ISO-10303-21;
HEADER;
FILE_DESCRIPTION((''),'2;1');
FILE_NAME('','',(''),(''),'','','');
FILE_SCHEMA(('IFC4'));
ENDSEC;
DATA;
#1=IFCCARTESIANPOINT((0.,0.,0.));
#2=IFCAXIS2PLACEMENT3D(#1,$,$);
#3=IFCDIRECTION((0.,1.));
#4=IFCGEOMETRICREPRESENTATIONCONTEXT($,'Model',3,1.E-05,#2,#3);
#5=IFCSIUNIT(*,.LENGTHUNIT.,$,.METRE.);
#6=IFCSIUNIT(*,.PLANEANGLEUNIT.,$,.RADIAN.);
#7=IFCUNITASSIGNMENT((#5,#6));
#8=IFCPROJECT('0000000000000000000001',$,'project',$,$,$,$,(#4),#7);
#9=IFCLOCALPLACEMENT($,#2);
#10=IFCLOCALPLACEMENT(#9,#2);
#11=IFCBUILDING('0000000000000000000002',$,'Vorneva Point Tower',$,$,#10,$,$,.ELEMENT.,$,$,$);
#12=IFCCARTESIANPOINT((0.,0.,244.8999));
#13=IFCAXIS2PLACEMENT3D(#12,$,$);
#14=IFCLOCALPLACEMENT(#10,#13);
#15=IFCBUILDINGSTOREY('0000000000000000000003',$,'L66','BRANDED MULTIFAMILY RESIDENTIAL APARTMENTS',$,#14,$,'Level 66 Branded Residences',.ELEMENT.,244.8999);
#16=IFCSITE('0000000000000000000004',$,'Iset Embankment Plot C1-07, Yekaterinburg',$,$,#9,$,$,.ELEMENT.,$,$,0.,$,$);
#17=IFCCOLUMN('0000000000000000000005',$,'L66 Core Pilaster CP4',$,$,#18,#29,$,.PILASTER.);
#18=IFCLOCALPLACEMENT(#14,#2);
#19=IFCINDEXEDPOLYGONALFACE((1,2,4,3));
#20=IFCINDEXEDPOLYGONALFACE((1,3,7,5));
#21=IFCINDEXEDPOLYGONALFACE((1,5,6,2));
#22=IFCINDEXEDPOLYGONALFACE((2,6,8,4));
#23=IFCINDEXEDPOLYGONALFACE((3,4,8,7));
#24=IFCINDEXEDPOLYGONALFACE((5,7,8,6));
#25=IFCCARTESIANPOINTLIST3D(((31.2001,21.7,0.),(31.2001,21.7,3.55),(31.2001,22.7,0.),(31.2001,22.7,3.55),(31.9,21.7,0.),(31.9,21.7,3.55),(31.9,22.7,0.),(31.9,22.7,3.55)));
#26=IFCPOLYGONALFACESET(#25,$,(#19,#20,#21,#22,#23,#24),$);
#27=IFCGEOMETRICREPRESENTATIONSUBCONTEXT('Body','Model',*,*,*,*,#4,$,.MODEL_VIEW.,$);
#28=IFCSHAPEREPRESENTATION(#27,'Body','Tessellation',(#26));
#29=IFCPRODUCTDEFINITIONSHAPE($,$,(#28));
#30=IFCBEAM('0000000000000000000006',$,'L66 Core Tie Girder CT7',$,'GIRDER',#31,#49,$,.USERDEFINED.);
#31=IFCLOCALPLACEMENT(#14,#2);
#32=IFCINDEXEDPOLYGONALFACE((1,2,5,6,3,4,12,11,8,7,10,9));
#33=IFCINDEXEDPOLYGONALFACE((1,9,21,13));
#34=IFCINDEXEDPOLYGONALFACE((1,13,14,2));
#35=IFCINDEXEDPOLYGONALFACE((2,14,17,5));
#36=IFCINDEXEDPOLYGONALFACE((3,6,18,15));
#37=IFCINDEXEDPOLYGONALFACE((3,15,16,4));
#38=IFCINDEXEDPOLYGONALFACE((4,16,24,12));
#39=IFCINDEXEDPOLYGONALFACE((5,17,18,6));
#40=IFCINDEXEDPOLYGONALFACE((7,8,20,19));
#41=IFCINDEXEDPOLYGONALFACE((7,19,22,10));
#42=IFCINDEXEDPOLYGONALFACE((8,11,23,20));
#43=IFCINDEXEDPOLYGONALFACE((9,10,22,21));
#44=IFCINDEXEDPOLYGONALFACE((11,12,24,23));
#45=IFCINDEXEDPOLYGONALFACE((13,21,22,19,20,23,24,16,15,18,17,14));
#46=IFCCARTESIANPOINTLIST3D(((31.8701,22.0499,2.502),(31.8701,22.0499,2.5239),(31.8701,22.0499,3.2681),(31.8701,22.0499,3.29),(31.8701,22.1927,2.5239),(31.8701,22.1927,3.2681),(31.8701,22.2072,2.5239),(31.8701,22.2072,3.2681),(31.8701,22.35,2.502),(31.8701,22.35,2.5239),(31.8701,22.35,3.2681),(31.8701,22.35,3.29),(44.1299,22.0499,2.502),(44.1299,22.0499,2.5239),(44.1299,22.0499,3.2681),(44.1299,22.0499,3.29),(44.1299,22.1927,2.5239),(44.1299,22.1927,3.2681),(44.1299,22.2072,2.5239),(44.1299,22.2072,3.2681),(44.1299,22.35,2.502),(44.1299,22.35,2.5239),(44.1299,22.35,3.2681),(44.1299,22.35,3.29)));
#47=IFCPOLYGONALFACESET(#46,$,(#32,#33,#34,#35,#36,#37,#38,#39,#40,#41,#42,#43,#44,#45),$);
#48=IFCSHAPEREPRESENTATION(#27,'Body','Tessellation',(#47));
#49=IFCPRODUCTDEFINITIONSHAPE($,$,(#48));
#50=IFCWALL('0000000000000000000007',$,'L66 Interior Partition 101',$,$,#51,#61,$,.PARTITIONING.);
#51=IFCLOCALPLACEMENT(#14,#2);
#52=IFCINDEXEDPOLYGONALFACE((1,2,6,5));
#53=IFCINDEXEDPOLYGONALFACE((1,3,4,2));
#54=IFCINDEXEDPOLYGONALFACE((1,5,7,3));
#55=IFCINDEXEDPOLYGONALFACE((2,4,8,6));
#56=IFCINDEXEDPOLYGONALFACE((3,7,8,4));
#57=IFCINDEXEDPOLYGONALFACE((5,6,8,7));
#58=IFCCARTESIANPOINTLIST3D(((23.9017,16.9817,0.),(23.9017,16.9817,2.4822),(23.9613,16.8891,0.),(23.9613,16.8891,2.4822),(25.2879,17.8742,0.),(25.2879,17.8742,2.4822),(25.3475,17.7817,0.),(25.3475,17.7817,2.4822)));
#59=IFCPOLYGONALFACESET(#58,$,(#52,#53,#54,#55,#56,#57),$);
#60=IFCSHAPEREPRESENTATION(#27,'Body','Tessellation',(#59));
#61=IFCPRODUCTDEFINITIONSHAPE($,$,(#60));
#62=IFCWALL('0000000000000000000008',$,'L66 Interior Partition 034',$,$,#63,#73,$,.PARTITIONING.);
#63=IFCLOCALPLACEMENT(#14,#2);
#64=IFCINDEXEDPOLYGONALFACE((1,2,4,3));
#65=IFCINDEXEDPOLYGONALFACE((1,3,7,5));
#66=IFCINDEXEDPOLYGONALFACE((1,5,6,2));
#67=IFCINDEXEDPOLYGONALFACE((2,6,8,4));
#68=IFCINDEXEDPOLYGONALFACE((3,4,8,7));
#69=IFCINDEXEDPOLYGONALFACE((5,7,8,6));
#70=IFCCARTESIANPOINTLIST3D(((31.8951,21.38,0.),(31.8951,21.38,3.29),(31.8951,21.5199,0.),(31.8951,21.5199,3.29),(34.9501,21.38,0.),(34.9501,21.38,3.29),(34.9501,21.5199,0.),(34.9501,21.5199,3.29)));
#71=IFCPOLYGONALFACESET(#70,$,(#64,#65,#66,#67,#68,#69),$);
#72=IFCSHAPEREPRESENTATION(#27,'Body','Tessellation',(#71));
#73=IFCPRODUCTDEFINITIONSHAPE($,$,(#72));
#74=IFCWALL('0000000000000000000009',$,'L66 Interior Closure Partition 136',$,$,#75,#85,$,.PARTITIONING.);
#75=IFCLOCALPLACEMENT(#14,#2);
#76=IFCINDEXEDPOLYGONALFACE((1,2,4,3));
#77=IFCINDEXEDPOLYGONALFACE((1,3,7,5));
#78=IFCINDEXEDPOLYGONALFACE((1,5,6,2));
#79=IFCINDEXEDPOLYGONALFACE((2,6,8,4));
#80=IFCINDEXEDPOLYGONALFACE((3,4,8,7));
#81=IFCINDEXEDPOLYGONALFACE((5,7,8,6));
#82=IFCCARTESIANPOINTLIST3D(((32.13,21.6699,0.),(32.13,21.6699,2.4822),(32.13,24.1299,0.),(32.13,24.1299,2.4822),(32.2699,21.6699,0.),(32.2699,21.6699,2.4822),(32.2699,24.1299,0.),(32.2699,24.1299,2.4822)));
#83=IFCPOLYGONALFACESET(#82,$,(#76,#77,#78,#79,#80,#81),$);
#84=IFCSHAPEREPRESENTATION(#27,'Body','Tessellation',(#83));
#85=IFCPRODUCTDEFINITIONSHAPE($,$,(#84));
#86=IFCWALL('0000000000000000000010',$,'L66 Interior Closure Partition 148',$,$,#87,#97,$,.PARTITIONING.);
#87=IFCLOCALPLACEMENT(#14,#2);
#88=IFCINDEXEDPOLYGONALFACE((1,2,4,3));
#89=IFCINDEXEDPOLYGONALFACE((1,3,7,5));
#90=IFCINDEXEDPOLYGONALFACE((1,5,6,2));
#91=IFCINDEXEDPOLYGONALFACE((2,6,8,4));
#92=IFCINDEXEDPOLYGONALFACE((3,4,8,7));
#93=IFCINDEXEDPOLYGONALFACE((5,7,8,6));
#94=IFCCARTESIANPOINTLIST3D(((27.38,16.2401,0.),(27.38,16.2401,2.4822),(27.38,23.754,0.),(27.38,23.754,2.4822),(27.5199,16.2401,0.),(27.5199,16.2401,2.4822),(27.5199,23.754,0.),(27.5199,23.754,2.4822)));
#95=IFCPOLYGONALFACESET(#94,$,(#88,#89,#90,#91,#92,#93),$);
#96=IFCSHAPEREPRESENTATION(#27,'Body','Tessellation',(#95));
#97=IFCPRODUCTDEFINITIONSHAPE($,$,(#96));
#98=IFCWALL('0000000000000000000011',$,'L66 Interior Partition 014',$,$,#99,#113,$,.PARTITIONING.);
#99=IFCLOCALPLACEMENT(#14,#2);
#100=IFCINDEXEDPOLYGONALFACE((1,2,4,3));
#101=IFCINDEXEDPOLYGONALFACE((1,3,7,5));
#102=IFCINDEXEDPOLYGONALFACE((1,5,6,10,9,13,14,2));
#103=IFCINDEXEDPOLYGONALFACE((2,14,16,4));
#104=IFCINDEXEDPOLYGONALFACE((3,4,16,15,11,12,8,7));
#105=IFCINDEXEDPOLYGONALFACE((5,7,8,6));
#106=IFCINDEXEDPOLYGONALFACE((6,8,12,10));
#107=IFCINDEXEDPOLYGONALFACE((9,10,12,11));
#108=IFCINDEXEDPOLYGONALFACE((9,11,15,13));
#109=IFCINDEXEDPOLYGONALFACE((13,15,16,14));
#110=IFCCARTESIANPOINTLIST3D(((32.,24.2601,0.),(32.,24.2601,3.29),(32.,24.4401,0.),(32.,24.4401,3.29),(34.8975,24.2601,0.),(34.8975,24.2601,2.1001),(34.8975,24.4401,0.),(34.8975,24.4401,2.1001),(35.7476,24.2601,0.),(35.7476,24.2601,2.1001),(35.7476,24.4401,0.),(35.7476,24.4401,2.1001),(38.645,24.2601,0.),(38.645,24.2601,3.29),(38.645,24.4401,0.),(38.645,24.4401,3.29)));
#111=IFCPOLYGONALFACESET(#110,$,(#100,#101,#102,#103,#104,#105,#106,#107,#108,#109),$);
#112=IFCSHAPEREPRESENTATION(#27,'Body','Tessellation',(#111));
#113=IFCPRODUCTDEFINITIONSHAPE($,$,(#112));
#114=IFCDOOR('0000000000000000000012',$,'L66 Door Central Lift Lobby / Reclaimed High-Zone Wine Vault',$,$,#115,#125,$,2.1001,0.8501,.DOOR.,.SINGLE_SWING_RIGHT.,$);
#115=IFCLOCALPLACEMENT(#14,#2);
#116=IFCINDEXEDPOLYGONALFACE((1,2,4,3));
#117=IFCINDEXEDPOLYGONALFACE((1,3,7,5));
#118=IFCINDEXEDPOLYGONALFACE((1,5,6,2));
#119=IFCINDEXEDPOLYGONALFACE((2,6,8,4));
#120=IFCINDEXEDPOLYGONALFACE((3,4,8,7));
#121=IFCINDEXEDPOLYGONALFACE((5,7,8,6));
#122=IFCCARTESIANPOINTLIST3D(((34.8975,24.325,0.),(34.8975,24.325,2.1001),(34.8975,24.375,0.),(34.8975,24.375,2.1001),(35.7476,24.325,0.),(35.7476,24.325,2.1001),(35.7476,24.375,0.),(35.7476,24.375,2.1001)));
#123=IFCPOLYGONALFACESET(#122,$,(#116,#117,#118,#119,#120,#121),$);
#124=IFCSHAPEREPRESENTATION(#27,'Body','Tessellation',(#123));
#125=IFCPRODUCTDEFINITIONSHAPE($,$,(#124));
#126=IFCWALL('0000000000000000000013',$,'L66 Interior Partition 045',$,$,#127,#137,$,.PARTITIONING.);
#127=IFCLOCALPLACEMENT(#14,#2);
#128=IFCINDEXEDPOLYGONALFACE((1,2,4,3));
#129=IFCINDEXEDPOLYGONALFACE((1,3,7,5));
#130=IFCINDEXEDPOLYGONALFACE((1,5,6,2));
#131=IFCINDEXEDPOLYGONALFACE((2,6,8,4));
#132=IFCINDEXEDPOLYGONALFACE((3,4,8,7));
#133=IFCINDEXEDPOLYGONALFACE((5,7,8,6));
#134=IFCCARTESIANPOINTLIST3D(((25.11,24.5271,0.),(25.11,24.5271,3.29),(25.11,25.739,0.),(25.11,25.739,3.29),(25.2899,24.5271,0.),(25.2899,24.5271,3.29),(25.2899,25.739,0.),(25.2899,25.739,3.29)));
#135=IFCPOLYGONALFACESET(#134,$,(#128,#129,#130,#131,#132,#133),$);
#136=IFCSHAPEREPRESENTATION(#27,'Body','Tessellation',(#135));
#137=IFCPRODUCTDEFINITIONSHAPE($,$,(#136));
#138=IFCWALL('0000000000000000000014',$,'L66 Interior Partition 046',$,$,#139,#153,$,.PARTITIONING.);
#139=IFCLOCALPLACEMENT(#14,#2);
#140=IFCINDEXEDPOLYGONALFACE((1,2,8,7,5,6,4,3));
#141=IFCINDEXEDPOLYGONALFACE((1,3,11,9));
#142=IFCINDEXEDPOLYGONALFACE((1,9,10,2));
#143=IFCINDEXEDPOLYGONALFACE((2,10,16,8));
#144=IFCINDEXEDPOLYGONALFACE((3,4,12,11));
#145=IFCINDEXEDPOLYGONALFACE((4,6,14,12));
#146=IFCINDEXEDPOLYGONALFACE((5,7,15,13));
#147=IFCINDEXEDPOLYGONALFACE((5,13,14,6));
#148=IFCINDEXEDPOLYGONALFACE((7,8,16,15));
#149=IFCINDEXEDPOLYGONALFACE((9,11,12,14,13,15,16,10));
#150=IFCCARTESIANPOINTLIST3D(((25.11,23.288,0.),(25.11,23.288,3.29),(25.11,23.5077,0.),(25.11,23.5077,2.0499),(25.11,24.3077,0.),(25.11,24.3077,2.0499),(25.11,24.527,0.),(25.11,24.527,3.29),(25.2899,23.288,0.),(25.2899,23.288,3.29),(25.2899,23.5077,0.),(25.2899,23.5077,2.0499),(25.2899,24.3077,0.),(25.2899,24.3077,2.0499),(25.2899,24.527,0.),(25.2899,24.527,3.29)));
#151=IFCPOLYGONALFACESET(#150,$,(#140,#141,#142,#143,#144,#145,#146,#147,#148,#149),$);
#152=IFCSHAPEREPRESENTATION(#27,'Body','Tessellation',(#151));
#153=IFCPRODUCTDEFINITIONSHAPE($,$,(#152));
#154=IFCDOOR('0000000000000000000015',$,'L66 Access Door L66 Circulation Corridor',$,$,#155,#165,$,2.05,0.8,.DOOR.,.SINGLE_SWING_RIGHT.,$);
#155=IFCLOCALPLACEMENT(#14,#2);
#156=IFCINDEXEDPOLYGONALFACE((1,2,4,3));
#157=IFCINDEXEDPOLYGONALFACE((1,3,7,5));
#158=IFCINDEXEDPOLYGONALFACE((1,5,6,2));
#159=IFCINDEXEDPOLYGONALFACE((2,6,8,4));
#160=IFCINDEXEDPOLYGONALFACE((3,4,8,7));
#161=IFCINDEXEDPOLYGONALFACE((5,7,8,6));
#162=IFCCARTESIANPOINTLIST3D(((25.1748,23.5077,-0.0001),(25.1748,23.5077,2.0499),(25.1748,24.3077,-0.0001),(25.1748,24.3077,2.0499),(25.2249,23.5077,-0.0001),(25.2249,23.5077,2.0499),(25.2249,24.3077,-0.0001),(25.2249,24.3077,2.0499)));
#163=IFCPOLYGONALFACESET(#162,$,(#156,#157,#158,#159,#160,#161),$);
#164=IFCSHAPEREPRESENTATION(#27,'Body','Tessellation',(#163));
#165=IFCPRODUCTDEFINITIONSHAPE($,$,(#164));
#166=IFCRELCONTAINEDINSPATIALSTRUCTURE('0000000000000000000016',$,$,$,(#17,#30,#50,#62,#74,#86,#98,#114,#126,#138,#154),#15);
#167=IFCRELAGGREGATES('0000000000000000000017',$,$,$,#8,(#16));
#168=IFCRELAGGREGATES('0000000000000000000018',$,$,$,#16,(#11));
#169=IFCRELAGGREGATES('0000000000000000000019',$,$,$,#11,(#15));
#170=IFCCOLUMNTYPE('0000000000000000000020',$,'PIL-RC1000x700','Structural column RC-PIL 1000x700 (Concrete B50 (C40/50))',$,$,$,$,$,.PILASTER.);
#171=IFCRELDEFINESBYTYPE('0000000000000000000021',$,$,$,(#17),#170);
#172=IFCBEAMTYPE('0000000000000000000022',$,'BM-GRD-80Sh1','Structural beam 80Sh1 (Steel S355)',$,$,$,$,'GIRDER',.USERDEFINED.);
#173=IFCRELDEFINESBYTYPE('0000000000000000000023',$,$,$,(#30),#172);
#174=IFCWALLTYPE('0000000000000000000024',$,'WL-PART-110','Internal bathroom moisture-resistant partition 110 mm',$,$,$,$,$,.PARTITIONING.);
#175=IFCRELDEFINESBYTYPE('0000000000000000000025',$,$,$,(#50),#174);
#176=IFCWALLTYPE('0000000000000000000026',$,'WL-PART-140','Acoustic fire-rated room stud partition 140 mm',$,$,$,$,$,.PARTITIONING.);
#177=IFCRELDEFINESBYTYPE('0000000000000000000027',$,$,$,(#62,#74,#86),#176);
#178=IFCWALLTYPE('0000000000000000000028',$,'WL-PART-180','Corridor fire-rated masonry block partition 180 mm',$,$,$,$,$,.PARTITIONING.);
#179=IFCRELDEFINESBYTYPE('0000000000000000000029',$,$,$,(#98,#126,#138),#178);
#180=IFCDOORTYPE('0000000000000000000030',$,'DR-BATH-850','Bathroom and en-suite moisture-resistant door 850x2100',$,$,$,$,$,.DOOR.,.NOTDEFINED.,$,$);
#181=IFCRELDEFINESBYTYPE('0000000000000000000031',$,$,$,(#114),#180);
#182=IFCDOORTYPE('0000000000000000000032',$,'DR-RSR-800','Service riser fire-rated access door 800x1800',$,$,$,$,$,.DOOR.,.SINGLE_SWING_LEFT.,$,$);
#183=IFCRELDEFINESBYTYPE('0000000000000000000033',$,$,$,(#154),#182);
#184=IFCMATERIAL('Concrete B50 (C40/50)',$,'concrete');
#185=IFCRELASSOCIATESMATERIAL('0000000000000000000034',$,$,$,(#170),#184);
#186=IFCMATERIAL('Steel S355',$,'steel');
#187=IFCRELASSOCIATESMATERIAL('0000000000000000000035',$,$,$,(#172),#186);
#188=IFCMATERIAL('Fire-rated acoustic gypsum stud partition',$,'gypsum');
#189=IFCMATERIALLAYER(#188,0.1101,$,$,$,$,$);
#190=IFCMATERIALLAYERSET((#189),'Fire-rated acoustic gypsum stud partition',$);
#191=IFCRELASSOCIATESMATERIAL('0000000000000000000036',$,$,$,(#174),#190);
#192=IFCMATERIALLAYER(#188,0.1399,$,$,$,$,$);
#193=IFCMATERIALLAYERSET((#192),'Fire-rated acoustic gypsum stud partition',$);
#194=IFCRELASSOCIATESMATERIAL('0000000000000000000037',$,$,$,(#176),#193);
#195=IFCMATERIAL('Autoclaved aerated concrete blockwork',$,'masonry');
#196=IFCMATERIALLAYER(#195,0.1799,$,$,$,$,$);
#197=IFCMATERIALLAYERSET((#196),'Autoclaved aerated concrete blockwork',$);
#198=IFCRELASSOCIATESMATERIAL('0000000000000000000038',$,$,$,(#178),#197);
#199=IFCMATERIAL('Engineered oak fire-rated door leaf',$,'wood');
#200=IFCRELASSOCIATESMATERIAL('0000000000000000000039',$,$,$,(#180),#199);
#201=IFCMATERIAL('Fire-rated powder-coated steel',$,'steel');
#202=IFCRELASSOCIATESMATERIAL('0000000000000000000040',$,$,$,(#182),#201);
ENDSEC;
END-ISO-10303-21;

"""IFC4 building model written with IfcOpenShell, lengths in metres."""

from ifc_helpers import new_model, si_unit, direction, frame, frame_2d, origin, origin_2d, place, context, subcontext, project, spatial, rectangle, i_section, extrude, material, layer, layer_set, material_profile, profile_set, type_object, element, fill, save


model = new_model("IFC4")

# Units and contexts
model_context = context("Model", 3, precision=1e-05, world=origin(), true_north=direction((0.0, 1.0)))
body_context = subcontext(model_context, "Body", "Model", "MODEL_VIEW")
ifc_project = project(units=[si_unit("LENGTHUNIT", "METRE"), si_unit("PLANEANGLEUNIT", "RADIAN")], contexts=[model_context])

# Site, building, storey
site_placement = place(None, origin())
site = spatial("IfcSite", under=ifc_project, at=site_placement, Name="Iset Embankment Plot C1-07, Yekaterinburg", CompositionType="ELEMENT", RefElevation=0.0)
building_placement = place(site_placement, origin())
building = spatial("IfcBuilding", under=site, at=building_placement, Name="Vorneva Point Tower", CompositionType="ELEMENT")
storey_placement = place(building_placement, frame((0.0, 0.0, 244.8999)))
storey = spatial("IfcBuildingStorey", under=building, at=storey_placement, Name="L66", Description="BRANDED MULTIFAMILY RESIDENTIAL APARTMENTS", LongName="Level 66 Branded Residences", CompositionType="ELEMENT", Elevation=244.8999)

# Column
ifc_material_1 = material(Name="Concrete B50 (C40/50)", Category="concrete")
ifc_material_profile_1 = material_profile(ifc_material_1, rectangle(XDim=0.7, YDim=1.0, at=origin_2d()), Name="RC-PIL 1000x700")
ifc_profile_set_1 = profile_set([ifc_material_profile_1], Name="Concrete B50 (C40/50)")
column_type = type_object("IfcColumnType", Name="PIL-RC1000x700", Description="Structural column RC-PIL 1000x700 (Concrete B50 (C40/50))", PredefinedType="PILASTER", material=ifc_profile_set_1)
column_placement = place(storey_placement, frame((31.55, 22.2, 0.0), z_axis=(0.0, 0.0, 1.0), x_axis=(1.0, 0.0, 0.0)))
element("IfcColumn", 1, at=column_placement, inside=storey, type_object=column_type, Name="L66 Core Pilaster CP4", PredefinedType="PILASTER", context=body_context, shape_type="SweptSolid", body=[
    extrude(rectangle(XDim=0.7, YDim=1.0, at=origin_2d()), origin(), (0.0, 0.0, 1.0), 3.55),
])

# Beam
ifc_material_2 = material(Name="Steel S355", Category="steel")
ifc_material_profile_2 = material_profile(ifc_material_2, i_section(OverallWidth=0.3, OverallDepth=0.7881, WebThickness=0.0144, FlangeThickness=0.022, at=origin_2d()), Name="80Sh1")
ifc_profile_set_2 = profile_set([ifc_material_profile_2], Name="Steel S355")
beam_type = type_object("IfcBeamType", Name="BM-GRD-80Sh1", Description="Structural beam 80Sh1 (Steel S355)", ElementType="GIRDER", PredefinedType="USERDEFINED", material=ifc_profile_set_2)
beam_placement = place(storey_placement, frame((31.8701, 22.2, 2.896), z_axis=(1.0, 0.0, 0.0), x_axis=(0.0, 1.0, 0.0)))
element("IfcBeam", 2, at=beam_placement, inside=storey, type_object=beam_type, Name="L66 Core Tie Girder CT7", ObjectType="GIRDER", PredefinedType="USERDEFINED", context=body_context, shape_type="SweptSolid", body=[
    extrude(i_section(OverallWidth=0.3, OverallDepth=0.7881, WebThickness=0.0144, FlangeThickness=0.022, at=origin_2d()), origin(), (0.0, 0.0, 1.0), 12.2598),
])

# Walls
ifc_material_3 = material(Name="Fire-rated acoustic gypsum stud partition", Category="gypsum")
ifc_layer_1 = layer(ifc_material_3, 0.1101)
ifc_layer_set_1 = layer_set([ifc_layer_1], Name="Fire-rated acoustic gypsum stud partition")
wall_type_1 = type_object("IfcWallType", Name="WL-PART-110", Description="Internal bathroom moisture-resistant partition 110 mm", PredefinedType="PARTITIONING", material=ifc_layer_set_1)
wall_1_placement = place(storey_placement, frame((25.3176, 17.8279, 0.0), z_axis=(0.0, 0.0, 1.0), x_axis=(-0.840784, -0.541371, 0.0)))
element("IfcWall", 3, at=wall_1_placement, inside=storey, type_object=wall_type_1, Name="L66 Interior Partition 101", PredefinedType="PARTITIONING", context=body_context, shape_type="SweptSolid", body=[
    extrude(rectangle(XDim=1.6487, YDim=0.1101, at=frame_2d((0.8242, 0.0))), origin(), (0.0, 0.0, 1.0), 2.4822),
])
ifc_layer_2 = layer(ifc_material_3, 0.1399)
ifc_layer_set_2 = layer_set([ifc_layer_2], Name="Fire-rated acoustic gypsum stud partition")
wall_type_2 = type_object("IfcWallType", Name="WL-PART-140", Description="Acoustic fire-rated room stud partition 140 mm", PredefinedType="PARTITIONING", material=ifc_layer_set_2)
wall_2_placement = place(storey_placement, frame((34.95, 21.45, 0.0), z_axis=(0.0, 0.0, 1.0), x_axis=(-1.0, 0.0, 0.0)))
element("IfcWall", 4, at=wall_2_placement, inside=storey, type_object=wall_type_2, Name="L66 Interior Partition 034", PredefinedType="PARTITIONING", context=body_context, shape_type="SweptSolid", body=[
    extrude(rectangle(XDim=3.0549, YDim=0.1399, at=frame_2d((1.5273, 0.0))), origin(), (0.0, 0.0, 1.0), 3.29),
])
wall_3_placement = place(storey_placement, frame((32.2, 24.1299, 0.0), z_axis=(0.0, 0.0, 1.0), x_axis=(0.0, -1.0, 0.0)))
element("IfcWall", 5, at=wall_3_placement, inside=storey, type_object=wall_type_2, Name="L66 Interior Closure Partition 136", PredefinedType="PARTITIONING", context=body_context, shape_type="SweptSolid", body=[
    extrude(rectangle(XDim=2.46, YDim=0.1399, at=frame_2d((1.23, 0.0))), origin(), (0.0, 0.0, 1.0), 2.4822),
])
wall_4_placement = place(storey_placement, frame((27.45, 23.7539, 0.0), z_axis=(0.0, 0.0, 1.0), x_axis=(0.0, -1.0, 0.0)))
element("IfcWall", 6, at=wall_4_placement, inside=storey, type_object=wall_type_2, Name="L66 Interior Closure Partition 148", PredefinedType="PARTITIONING", context=body_context, shape_type="SweptSolid", body=[
    extrude(rectangle(XDim=7.5139, YDim=0.1399, at=frame_2d((3.7568, 0.0))), origin(), (0.0, 0.0, 1.0), 2.4822),
])

# Wall, opening, door
ifc_material_4 = material(Name="Autoclaved aerated concrete blockwork", Category="masonry")
ifc_layer_3 = layer(ifc_material_4, 0.1799)
ifc_layer_set_3 = layer_set([ifc_layer_3], Name="Autoclaved aerated concrete blockwork")
wall_type_3 = type_object("IfcWallType", Name="WL-PART-180", Description="Corridor fire-rated masonry block partition 180 mm", PredefinedType="PARTITIONING", material=ifc_layer_set_3)
ifc_material_5 = material(Name="Fire-rated powder-coated steel", Category="steel")
wall_5_placement = place(storey_placement, frame((32.0, 24.3501, 0.0), z_axis=(0.0, 0.0, 1.0), x_axis=(1.0, 0.0, 0.0)))
wall_5 = element("IfcWall", 7, at=wall_5_placement, inside=storey, type_object=wall_type_3, Name="L66 Interior Partition 014", PredefinedType="PARTITIONING", context=body_context, shape_type="SweptSolid", body=[
    extrude(rectangle(XDim=6.645, YDim=0.1799, at=frame_2d((3.3225, 0.0))), origin(), (0.0, 0.0, 1.0), 3.29),
])
opening_1_placement = place(wall_5_placement, frame((2.8975, 0.0, 0.0)))
opening_1 = element("IfcOpeningElement", 8, at=opening_1_placement, cuts=wall_5, PredefinedType="OPENING", context=body_context, shape_type="SweptSolid", body=[
    extrude(rectangle(XDim=0.8501, YDim=2.1001, at=frame_2d((0.425, 1.05))), frame((0.0, 0.105, 0.0), z_axis=(0.0, -1.0, 0.0), x_axis=(1.0, 0.0, 0.0)), (0.0, 0.0, 1.0), 0.2097),
])
ifc_material_6 = material(Name="Engineered oak fire-rated door leaf", Category="wood")
door_type_1 = type_object("IfcDoorType", Name="DR-BATH-850", Description="Bathroom and en-suite moisture-resistant door 850x2100", OperationType="NOTDEFINED", PredefinedType="DOOR", material=ifc_material_6)
door_1_placement = place(opening_1_placement, origin())
door_1 = element("IfcDoor", 9, at=door_1_placement, inside=storey, type_object=door_type_1, Name="L66 Door Central Lift Lobby / Reclaimed High-Zone Wine Vault", OperationType="SINGLE_SWING_RIGHT", OverallHeight=2.1001, OverallWidth=0.8501, PredefinedType="DOOR", context=body_context, shape_type="SweptSolid", body=[
    extrude(rectangle(XDim=0.8501, YDim=2.1001, at=frame_2d((0.425, 1.05))), frame((0.0, 0.0249, 0.0), z_axis=(0.0, -1.0, 0.0), x_axis=(1.0, 0.0, 0.0)), (0.0, 0.0, 1.0), 0.05),
])
fill(opening_1, door_1)

# Wall
wall_6_placement = place(storey_placement, frame((25.2, 25.739, 0.0), z_axis=(0.0, 0.0, 1.0), x_axis=(0.0, -1.0, 0.0)))
element("IfcWall", 10, at=wall_6_placement, inside=storey, type_object=wall_type_3, Name="L66 Interior Partition 045", PredefinedType="PARTITIONING", context=body_context, shape_type="SweptSolid", body=[
    extrude(rectangle(XDim=1.2119, YDim=0.1799, at=frame_2d((0.606, 0.0))), origin(), (0.0, 0.0, 1.0), 3.29),
])

# Wall, opening, door
wall_7_placement = place(storey_placement, frame((25.2, 24.5271, 0.0), z_axis=(0.0, 0.0, 1.0), x_axis=(0.0, -1.0, 0.0)))
wall_7 = element("IfcWall", 11, at=wall_7_placement, inside=storey, type_object=wall_type_3, Name="L66 Interior Partition 046", PredefinedType="PARTITIONING", context=body_context, shape_type="SweptSolid", body=[
    extrude(rectangle(XDim=1.239, YDim=0.1799, at=frame_2d((0.6196, 0.0))), origin(), (0.0, 0.0, 1.0), 3.29),
])
opening_2_placement = place(wall_7_placement, frame((0.2195, 0.0, 0.0)))
opening_2 = element("IfcOpeningElement", 12, at=opening_2_placement, cuts=wall_7, PredefinedType="OPENING", context=body_context, shape_type="SweptSolid", body=[
    extrude(rectangle(XDim=0.8, YDim=2.05, at=frame_2d((0.3999, 1.0249))), frame((0.0, 0.105, 0.0), z_axis=(0.0, -1.0, 0.0), x_axis=(1.0, 0.0, 0.0)), (0.0, 0.0, 1.0), 0.2097),
])
door_type_2 = type_object("IfcDoorType", Name="DR-RSR-800", Description="Service riser fire-rated access door 800x1800", OperationType="SINGLE_SWING_LEFT", PredefinedType="DOOR", material=ifc_material_5)
door_2_placement = place(opening_2_placement, origin())
door_2 = element("IfcDoor", 13, at=door_2_placement, inside=storey, type_object=door_type_2, Name="L66 Access Door L66 Circulation Corridor", OperationType="SINGLE_SWING_RIGHT", OverallHeight=2.05, OverallWidth=0.8, PredefinedType="DOOR", context=body_context, shape_type="SweptSolid", body=[
    extrude(rectangle(XDim=0.8, YDim=2.05, at=frame_2d((0.3999, 1.0249))), frame((0.0, 0.0249, 0.0), z_axis=(0.0, -1.0, 0.0), x_axis=(1.0, 0.0, 0.0)), (0.0, 0.0, 1.0), 0.05),
])
fill(opening_2, door_2)

save(model, "model.ifc")
